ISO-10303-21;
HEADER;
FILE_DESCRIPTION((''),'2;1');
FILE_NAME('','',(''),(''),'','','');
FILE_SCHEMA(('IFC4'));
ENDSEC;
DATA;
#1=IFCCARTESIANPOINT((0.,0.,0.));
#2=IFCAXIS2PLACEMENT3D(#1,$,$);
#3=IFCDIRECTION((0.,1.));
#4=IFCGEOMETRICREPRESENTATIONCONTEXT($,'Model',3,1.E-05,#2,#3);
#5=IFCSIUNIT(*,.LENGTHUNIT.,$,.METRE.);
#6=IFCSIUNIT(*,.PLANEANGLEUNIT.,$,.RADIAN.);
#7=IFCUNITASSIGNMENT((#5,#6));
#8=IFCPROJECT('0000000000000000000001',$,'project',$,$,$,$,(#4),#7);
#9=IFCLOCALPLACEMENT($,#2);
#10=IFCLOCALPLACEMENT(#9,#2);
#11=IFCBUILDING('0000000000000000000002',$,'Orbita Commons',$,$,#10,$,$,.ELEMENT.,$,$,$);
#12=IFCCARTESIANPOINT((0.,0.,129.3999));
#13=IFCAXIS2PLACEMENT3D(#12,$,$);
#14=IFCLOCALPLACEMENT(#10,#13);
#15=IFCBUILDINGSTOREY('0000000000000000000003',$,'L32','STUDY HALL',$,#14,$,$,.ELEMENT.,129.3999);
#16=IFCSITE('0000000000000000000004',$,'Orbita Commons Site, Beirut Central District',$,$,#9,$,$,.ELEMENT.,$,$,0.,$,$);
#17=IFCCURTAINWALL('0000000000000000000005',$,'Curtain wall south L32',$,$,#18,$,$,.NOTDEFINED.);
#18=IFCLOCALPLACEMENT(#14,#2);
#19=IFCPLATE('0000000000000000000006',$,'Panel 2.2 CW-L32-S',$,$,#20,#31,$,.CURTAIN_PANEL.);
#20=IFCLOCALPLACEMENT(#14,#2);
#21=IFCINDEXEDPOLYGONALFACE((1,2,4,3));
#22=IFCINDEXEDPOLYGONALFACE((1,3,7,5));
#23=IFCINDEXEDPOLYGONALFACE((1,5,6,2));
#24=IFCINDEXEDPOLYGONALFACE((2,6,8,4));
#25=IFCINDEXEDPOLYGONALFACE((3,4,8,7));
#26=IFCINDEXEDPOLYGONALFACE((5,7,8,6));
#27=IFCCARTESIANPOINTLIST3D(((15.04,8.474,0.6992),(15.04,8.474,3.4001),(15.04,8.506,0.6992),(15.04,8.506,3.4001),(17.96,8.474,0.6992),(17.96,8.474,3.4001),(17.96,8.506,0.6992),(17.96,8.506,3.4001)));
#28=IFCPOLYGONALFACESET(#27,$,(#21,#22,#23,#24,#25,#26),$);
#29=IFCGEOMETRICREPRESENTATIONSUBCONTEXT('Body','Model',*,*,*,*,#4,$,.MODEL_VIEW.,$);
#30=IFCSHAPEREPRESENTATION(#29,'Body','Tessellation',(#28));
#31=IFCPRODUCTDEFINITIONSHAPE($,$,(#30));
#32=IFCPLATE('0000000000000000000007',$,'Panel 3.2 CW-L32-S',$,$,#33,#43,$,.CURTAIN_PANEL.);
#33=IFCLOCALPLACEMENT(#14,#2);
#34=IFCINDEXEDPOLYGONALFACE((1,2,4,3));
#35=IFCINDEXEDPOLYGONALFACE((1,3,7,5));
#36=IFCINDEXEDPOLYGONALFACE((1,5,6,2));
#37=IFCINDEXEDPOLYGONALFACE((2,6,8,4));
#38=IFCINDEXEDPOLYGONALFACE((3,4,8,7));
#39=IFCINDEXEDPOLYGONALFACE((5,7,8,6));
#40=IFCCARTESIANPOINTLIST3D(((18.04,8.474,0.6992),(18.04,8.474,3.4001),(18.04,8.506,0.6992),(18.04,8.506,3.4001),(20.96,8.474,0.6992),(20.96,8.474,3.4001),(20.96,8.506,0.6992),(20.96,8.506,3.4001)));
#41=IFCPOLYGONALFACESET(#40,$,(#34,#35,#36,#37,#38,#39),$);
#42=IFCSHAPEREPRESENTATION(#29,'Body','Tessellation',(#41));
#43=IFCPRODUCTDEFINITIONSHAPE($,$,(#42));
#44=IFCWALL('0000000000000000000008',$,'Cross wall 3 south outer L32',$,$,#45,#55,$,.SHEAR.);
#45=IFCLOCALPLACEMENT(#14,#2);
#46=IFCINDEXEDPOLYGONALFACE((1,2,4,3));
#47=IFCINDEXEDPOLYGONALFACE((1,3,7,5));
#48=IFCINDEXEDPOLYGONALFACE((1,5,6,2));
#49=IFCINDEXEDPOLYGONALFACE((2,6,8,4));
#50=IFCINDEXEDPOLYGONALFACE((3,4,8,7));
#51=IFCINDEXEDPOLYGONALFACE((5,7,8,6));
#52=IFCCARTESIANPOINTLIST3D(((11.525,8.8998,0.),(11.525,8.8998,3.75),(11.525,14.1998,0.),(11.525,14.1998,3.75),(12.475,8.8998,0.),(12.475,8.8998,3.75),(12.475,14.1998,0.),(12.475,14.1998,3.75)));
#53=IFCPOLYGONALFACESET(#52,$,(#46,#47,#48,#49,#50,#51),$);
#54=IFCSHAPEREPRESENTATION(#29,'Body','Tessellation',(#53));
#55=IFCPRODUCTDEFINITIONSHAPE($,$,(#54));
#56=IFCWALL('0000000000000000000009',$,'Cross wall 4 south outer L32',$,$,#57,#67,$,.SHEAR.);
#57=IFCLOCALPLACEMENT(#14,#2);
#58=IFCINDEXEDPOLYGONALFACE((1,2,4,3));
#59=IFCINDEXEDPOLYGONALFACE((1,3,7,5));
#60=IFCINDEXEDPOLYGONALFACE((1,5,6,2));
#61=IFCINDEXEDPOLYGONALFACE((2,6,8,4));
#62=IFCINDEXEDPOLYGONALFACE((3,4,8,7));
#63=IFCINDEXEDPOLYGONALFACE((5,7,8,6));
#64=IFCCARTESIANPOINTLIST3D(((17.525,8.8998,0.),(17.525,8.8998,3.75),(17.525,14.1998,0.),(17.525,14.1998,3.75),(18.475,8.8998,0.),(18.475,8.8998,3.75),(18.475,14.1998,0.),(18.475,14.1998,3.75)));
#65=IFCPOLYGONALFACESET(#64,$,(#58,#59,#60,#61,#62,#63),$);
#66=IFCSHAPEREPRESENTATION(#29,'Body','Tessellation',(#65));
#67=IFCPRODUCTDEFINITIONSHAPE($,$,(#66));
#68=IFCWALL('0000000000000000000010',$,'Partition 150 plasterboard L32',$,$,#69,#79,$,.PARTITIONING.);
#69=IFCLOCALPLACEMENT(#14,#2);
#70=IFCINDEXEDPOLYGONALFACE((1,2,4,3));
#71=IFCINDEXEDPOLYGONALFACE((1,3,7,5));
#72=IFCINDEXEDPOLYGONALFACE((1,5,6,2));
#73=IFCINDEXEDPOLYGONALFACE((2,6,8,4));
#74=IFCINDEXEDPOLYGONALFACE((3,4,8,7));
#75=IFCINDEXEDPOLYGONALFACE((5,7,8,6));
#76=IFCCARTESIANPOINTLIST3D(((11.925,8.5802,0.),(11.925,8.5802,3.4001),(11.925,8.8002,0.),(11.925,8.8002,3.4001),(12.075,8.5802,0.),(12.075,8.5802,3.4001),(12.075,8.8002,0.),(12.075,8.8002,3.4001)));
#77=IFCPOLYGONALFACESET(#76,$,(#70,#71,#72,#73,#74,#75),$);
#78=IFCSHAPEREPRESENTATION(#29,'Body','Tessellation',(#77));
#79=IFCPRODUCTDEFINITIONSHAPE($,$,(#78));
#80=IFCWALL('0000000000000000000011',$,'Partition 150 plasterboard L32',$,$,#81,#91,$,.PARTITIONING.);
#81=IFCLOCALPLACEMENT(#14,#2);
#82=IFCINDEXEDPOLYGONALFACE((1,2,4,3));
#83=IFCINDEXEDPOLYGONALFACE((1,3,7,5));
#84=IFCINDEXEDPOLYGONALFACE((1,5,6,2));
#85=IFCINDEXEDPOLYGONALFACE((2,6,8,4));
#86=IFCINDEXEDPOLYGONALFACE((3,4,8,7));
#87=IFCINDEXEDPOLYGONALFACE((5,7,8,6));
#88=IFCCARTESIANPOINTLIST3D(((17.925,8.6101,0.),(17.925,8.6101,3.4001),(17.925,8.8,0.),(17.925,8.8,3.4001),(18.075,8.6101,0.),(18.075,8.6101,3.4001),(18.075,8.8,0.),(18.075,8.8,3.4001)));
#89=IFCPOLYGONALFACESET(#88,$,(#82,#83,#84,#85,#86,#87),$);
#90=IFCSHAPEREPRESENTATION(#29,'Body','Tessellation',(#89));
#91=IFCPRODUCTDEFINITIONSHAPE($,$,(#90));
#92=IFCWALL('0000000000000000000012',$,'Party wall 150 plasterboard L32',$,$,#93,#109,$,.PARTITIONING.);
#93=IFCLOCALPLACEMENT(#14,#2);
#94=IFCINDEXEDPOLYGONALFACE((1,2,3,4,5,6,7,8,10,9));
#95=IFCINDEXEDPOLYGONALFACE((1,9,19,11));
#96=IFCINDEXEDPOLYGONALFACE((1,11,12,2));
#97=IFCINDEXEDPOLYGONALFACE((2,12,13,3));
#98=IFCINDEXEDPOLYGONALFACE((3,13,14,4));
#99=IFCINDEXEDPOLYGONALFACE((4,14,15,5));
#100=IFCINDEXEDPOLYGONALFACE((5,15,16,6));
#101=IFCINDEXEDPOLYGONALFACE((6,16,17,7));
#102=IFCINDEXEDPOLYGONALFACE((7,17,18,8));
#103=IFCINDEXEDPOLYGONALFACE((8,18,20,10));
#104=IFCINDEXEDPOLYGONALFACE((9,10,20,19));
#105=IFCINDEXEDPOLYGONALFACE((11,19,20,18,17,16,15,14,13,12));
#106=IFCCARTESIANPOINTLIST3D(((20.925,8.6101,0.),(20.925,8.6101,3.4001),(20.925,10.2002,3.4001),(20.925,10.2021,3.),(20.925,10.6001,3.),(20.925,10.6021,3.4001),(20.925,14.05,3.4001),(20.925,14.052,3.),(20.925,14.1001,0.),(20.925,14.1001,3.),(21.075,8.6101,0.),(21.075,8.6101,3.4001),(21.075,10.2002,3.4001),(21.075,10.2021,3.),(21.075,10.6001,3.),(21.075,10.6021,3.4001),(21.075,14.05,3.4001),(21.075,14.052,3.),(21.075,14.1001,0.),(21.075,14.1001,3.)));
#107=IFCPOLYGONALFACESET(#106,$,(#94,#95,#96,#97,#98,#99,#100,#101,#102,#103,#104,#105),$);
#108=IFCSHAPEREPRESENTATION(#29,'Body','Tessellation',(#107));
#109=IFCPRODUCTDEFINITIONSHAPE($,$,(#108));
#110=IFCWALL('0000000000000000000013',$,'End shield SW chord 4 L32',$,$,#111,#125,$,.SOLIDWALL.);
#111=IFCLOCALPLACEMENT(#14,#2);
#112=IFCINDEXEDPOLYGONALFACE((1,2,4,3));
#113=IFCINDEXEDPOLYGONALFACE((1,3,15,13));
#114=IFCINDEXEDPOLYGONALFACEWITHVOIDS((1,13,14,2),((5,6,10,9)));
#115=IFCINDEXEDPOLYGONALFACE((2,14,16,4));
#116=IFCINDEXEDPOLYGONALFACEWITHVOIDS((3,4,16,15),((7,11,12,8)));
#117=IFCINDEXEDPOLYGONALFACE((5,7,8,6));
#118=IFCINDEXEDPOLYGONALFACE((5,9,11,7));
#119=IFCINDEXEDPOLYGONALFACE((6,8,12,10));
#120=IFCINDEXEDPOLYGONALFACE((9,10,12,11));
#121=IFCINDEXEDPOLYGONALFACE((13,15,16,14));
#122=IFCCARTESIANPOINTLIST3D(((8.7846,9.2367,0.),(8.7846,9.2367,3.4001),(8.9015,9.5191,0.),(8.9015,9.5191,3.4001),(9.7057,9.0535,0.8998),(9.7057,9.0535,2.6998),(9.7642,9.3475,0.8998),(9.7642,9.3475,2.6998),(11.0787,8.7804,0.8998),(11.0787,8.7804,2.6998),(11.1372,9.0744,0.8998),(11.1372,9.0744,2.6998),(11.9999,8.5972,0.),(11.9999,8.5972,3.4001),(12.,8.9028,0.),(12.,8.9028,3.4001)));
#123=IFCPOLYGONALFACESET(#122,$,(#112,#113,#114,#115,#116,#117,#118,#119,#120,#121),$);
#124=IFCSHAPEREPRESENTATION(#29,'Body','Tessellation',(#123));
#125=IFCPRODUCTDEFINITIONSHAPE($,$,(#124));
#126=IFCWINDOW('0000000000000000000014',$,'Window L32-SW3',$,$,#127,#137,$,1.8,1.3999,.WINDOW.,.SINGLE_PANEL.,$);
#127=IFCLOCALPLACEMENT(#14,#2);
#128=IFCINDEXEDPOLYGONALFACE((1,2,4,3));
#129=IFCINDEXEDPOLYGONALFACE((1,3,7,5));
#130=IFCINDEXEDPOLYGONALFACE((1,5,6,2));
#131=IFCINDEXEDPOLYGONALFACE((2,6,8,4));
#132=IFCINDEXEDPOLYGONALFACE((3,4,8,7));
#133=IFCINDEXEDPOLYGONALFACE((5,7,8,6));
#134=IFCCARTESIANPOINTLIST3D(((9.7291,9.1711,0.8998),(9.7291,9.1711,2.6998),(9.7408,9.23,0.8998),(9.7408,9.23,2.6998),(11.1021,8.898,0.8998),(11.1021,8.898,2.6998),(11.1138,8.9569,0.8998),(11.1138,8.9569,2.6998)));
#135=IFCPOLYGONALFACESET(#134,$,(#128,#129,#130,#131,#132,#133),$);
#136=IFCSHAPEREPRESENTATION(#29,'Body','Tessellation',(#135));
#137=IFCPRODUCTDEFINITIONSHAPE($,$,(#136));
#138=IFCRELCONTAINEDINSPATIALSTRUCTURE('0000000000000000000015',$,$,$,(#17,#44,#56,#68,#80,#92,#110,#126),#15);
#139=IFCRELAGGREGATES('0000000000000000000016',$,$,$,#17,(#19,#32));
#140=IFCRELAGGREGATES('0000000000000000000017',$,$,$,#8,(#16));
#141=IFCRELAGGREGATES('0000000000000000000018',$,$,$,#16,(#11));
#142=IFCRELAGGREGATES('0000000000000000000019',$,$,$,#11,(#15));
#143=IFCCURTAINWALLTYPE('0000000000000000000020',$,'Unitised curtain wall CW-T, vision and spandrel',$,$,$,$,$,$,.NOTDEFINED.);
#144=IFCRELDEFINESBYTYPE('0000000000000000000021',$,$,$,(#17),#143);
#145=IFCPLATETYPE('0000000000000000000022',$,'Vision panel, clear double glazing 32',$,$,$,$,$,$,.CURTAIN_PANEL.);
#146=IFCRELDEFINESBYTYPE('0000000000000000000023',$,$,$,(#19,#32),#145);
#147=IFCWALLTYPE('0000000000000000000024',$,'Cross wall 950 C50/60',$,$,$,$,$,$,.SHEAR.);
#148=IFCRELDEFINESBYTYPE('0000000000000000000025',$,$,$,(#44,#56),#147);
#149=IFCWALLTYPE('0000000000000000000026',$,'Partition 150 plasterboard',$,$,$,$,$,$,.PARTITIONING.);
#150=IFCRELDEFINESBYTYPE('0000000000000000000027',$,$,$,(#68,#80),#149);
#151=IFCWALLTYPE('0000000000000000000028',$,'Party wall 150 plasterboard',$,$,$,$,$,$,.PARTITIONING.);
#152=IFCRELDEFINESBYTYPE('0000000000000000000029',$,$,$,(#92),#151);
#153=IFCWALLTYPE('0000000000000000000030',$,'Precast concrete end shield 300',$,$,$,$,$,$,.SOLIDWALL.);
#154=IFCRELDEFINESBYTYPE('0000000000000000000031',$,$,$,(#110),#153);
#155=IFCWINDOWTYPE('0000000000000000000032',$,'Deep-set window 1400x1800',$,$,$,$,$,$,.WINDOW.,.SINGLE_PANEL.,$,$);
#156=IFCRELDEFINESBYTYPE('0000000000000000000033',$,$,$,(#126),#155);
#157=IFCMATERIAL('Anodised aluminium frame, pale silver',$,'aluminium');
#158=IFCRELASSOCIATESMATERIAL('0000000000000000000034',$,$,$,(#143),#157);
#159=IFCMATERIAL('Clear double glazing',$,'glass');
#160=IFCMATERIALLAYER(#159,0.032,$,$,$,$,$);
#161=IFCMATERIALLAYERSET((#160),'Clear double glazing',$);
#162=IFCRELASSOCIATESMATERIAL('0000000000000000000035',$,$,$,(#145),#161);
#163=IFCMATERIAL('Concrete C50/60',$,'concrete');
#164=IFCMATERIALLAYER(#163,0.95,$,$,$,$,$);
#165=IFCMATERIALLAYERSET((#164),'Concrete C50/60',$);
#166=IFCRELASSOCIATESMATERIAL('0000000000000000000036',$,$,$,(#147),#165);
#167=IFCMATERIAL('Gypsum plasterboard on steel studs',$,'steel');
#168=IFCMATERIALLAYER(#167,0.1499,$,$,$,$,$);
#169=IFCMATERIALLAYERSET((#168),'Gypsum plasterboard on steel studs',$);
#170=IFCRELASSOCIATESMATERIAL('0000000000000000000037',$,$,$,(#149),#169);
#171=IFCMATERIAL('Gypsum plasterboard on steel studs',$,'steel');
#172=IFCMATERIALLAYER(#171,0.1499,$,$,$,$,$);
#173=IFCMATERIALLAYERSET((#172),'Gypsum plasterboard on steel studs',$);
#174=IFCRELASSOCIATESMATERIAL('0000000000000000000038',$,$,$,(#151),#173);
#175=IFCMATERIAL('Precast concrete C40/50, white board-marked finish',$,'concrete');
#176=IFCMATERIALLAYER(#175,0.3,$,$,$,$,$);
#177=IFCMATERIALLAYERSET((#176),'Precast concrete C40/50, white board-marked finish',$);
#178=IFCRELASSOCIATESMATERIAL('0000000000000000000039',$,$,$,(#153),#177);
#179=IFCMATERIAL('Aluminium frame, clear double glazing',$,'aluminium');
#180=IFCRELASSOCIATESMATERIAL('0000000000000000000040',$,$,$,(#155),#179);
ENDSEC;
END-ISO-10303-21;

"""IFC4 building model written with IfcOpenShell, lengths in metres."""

from ifc_helpers import new_model, si_unit, direction, frame, frame_2d, origin, origin_2d, place, context, subcontext, project, spatial, polyline, rectangle, outline, extrude, material, layer, layer_set, type_object, element, fill, aggregate, save


model = new_model("IFC4")

# Units and contexts
model_context = context("Model", 3, precision=1e-05, world=origin(), true_north=direction((0.0, 1.0)))
body_context = subcontext(model_context, "Body", "Model", "MODEL_VIEW")
ifc_project = project(units=[si_unit("LENGTHUNIT", "METRE"), si_unit("PLANEANGLEUNIT", "RADIAN")], contexts=[model_context])

# Site, building, storey
site_placement = place(None, origin())
site = spatial("IfcSite", under=ifc_project, at=site_placement, Name="Orbita Commons Site, Beirut Central District", CompositionType="ELEMENT", RefElevation=0.0)
building_placement = place(site_placement, origin())
building = spatial("IfcBuilding", under=site, at=building_placement, Name="Orbita Commons", CompositionType="ELEMENT")
storey_placement = place(building_placement, frame((0.0, 0.0, 129.3999)))
storey = spatial("IfcBuildingStorey", under=building, at=storey_placement, Name="L32", Description="STUDY HALL", CompositionType="ELEMENT", Elevation=129.3999)

# Curtain wall
ifc_material_1 = material(Name="Anodised aluminium frame, pale silver", Category="aluminium")
curtain_wall_type = type_object("IfcCurtainWallType", Name="Unitised curtain wall CW-T, vision and spandrel", PredefinedType="NOTDEFINED", material=ifc_material_1)
curtain_wall_placement = place(storey_placement, origin())
curtain_wall = element("IfcCurtainWall", 1, at=curtain_wall_placement, inside=storey, type_object=curtain_wall_type, Name="Curtain wall south L32", PredefinedType="NOTDEFINED")

# Plates
ifc_material_2 = material(Name="Clear double glazing", Category="glass")
ifc_layer_1 = layer(ifc_material_2, 0.032)
ifc_layer_set_1 = layer_set([ifc_layer_1], Name="Clear double glazing")
plate_type_1 = type_object("IfcPlateType", Name="Vision panel, clear double glazing 32", PredefinedType="CURTAIN_PANEL", material=ifc_layer_set_1)
plate_1_placement = place(storey_placement, frame((16.5, 8.49, 0.6992), z_axis=(0.0, 0.0, 1.0), x_axis=(1.0, 0.0, 0.0)))
plate_1 = element("IfcPlate", 2, at=plate_1_placement, type_object=plate_type_1, Name="Panel 2.2 CW-L32-S", PredefinedType="CURTAIN_PANEL", context=body_context, shape_type="SweptSolid", body=[
    extrude(rectangle(XDim=2.9199, YDim=0.032, at=origin_2d()), origin(), (0.0, 0.0, 1.0), 2.7009),
])
plate_2_placement = place(storey_placement, frame((19.5, 8.49, 0.6992), z_axis=(0.0, 0.0, 1.0), x_axis=(1.0, 0.0, 0.0)))
plate_2 = element("IfcPlate", 3, at=plate_2_placement, type_object=plate_type_1, Name="Panel 3.2 CW-L32-S", PredefinedType="CURTAIN_PANEL", context=body_context, shape_type="SweptSolid", body=[
    extrude(rectangle(XDim=2.9199, YDim=0.032, at=origin_2d()), origin(), (0.0, 0.0, 1.0), 2.7009),
])
aggregate(curtain_wall, [plate_1, plate_2])

# Walls
ifc_material_3 = material(Name="Concrete C50/60", Category="concrete")
ifc_layer_2 = layer(ifc_material_3, 0.95)
ifc_layer_set_2 = layer_set([ifc_layer_2], Name="Concrete C50/60")
wall_type_1 = type_object("IfcWallType", Name="Cross wall 950 C50/60", PredefinedType="SHEAR", material=ifc_layer_set_2)
for number, where, z_axis, x_axis, name in (
    (4, (12.0, 8.8999, 0.0), (0.0, 0.0, 1.0), (0.0, 1.0, 0.0), "Cross wall 3 south outer L32"),
    (5, (18.0, 8.8999, 0.0), (0.0, 0.0, 1.0), (0.0, 1.0, 0.0), "Cross wall 4 south outer L32"),
):
    element("IfcWall", number, at=place(storey_placement, frame(where, z_axis=z_axis, x_axis=x_axis)), inside=storey, type_object=wall_type_1, Name=name, PredefinedType="SHEAR", context=body_context, shape_type="SweptSolid", body=[
        extrude(rectangle(XDim=5.3, YDim=0.95, at=frame_2d((2.6499, 0.0))), origin(), (0.0, 0.0, 1.0), 3.75),
    ])
ifc_material_4 = material(Name="Gypsum plasterboard on steel studs", Category="steel")
ifc_layer_3 = layer(ifc_material_4, 0.1499)
ifc_layer_set_3 = layer_set([ifc_layer_3], Name="Gypsum plasterboard on steel studs")
wall_type_2 = type_object("IfcWallType", Name="Partition 150 plasterboard", PredefinedType="PARTITIONING", material=ifc_layer_set_3)
wall_1_placement = place(storey_placement, frame((12.0, 8.8, 0.0), z_axis=(0.0, 0.0, 1.0), x_axis=(0.0, -1.0, 0.0)))
element("IfcWall", 6, at=wall_1_placement, inside=storey, type_object=wall_type_2, Name="Partition 150 plasterboard L32", PredefinedType="PARTITIONING", context=body_context, shape_type="SweptSolid", body=[
    extrude(rectangle(XDim=0.22, YDim=0.1499, at=frame_2d((0.1099, 0.0))), origin(), (0.0, 0.0, 1.0), 3.4001),
])
wall_2_placement = place(storey_placement, frame((18.0, 8.8, 0.0), z_axis=(0.0, 0.0, 1.0), x_axis=(0.0, -1.0, 0.0)))
element("IfcWall", 7, at=wall_2_placement, inside=storey, type_object=wall_type_2, Name="Partition 150 plasterboard L32", PredefinedType="PARTITIONING", context=body_context, shape_type="SweptSolid", body=[
    extrude(rectangle(XDim=0.1899, YDim=0.1499, at=frame_2d((0.095, 0.0))), origin(), (0.0, 0.0, 1.0), 3.4001),
])
ifc_material_5 = material(Name="Gypsum plasterboard on steel studs", Category="steel")
ifc_layer_4 = layer(ifc_material_5, 0.1499)
ifc_layer_set_4 = layer_set([ifc_layer_4], Name="Gypsum plasterboard on steel studs")
wall_type_3 = type_object("IfcWallType", Name="Party wall 150 plasterboard", PredefinedType="PARTITIONING", material=ifc_layer_set_4)
wall_3_placement = place(storey_placement, frame((21.0, 8.6101, 0.0), z_axis=(0.0, 0.0, 1.0), x_axis=(0.0, 1.0, 0.0)))
element("IfcWall", 8, at=wall_3_placement, inside=storey, type_object=wall_type_3, Name="Party wall 150 plasterboard L32", PredefinedType="PARTITIONING", context=body_context, shape_type="SweptSolid", body=[
    extrude(outline(polyline([(0.0, 0.0), (5.49, 0.0), (5.49, 3.0), (5.4419, 3.0), (5.4399, 3.4001), (1.9919, 3.4001), (1.99, 3.0), (1.592, 3.0), (1.5901, 3.4001), (0.0, 3.4001), (0.0, 0.0)])), frame((0.0, 0.075, 0.0), z_axis=(0.0, -1.0, 0.0), x_axis=(1.0, 0.0, 0.0)), (0.0, 0.0, 1.0), 0.1499),
])

# Wall, opening, window
ifc_material_6 = material(Name="Precast concrete C40/50, white board-marked finish", Category="concrete")
ifc_layer_5 = layer(ifc_material_6, 0.3)
ifc_layer_set_5 = layer_set([ifc_layer_5], Name="Precast concrete C40/50, white board-marked finish")
wall_type_4 = type_object("IfcWallType", Name="Precast concrete end shield 300", PredefinedType="SOLIDWALL", material=ifc_layer_set_5)
wall_4_placement = place(storey_placement, frame((8.843, 9.3779, 0.0), z_axis=(0.0, 0.0, 1.0), x_axis=(0.980787, -0.19508, 0.0)))
wall_4 = element("IfcWall", 9, at=wall_4_placement, inside=storey, type_object=wall_type_4, Name="End shield SW chord 4 L32", PredefinedType="SOLIDWALL", context=body_context, shape_type="SweptSolid", body=[
    extrude(outline(polyline([(-0.0298, -0.1499), (3.2485, -0.1499), (3.189, 0.1499), (0.0298, 0.1499), (-0.0298, -0.1499)])), origin(), (0.0, 0.0, 1.0), 3.4001),
])
opening_placement = place(wall_4_placement, frame((0.9094, 0.0, 0.8999)))
opening = element("IfcOpeningElement", 10, at=opening_placement, cuts=wall_4, PredefinedType="OPENING", context=body_context, shape_type="SweptSolid", body=[
    extrude(rectangle(XDim=1.3999, YDim=1.8, at=frame_2d((0.7, 0.8999))), frame((0.0, 0.1599, 0.0), z_axis=(0.0, -1.0, 0.0), x_axis=(1.0, 0.0, 0.0)), (0.0, 0.0, 1.0), 0.3201),
])
ifc_material_7 = material(Name="Aluminium frame, clear double glazing", Category="aluminium")
window_type = type_object("IfcWindowType", Name="Deep-set window 1400x1800", PartitioningType="SINGLE_PANEL", PredefinedType="WINDOW", material=ifc_material_7)
window_placement = place(opening_placement, origin())
window = element("IfcWindow", 11, at=window_placement, inside=storey, type_object=window_type, Name="Window L32-SW3", OverallHeight=1.8, OverallWidth=1.3999, PartitioningType="SINGLE_PANEL", PredefinedType="WINDOW", context=body_context, shape_type="SweptSolid", body=[
    extrude(rectangle(XDim=1.3999, YDim=1.8, at=frame_2d((0.7, 0.8999))), frame((0.0, 0.03, 0.0), z_axis=(0.0, -1.0, 0.0), x_axis=(1.0, 0.0, 0.0)), (0.0, 0.0, 1.0), 0.0601),
])
fill(opening, window)

save(model, "model.ifc")
